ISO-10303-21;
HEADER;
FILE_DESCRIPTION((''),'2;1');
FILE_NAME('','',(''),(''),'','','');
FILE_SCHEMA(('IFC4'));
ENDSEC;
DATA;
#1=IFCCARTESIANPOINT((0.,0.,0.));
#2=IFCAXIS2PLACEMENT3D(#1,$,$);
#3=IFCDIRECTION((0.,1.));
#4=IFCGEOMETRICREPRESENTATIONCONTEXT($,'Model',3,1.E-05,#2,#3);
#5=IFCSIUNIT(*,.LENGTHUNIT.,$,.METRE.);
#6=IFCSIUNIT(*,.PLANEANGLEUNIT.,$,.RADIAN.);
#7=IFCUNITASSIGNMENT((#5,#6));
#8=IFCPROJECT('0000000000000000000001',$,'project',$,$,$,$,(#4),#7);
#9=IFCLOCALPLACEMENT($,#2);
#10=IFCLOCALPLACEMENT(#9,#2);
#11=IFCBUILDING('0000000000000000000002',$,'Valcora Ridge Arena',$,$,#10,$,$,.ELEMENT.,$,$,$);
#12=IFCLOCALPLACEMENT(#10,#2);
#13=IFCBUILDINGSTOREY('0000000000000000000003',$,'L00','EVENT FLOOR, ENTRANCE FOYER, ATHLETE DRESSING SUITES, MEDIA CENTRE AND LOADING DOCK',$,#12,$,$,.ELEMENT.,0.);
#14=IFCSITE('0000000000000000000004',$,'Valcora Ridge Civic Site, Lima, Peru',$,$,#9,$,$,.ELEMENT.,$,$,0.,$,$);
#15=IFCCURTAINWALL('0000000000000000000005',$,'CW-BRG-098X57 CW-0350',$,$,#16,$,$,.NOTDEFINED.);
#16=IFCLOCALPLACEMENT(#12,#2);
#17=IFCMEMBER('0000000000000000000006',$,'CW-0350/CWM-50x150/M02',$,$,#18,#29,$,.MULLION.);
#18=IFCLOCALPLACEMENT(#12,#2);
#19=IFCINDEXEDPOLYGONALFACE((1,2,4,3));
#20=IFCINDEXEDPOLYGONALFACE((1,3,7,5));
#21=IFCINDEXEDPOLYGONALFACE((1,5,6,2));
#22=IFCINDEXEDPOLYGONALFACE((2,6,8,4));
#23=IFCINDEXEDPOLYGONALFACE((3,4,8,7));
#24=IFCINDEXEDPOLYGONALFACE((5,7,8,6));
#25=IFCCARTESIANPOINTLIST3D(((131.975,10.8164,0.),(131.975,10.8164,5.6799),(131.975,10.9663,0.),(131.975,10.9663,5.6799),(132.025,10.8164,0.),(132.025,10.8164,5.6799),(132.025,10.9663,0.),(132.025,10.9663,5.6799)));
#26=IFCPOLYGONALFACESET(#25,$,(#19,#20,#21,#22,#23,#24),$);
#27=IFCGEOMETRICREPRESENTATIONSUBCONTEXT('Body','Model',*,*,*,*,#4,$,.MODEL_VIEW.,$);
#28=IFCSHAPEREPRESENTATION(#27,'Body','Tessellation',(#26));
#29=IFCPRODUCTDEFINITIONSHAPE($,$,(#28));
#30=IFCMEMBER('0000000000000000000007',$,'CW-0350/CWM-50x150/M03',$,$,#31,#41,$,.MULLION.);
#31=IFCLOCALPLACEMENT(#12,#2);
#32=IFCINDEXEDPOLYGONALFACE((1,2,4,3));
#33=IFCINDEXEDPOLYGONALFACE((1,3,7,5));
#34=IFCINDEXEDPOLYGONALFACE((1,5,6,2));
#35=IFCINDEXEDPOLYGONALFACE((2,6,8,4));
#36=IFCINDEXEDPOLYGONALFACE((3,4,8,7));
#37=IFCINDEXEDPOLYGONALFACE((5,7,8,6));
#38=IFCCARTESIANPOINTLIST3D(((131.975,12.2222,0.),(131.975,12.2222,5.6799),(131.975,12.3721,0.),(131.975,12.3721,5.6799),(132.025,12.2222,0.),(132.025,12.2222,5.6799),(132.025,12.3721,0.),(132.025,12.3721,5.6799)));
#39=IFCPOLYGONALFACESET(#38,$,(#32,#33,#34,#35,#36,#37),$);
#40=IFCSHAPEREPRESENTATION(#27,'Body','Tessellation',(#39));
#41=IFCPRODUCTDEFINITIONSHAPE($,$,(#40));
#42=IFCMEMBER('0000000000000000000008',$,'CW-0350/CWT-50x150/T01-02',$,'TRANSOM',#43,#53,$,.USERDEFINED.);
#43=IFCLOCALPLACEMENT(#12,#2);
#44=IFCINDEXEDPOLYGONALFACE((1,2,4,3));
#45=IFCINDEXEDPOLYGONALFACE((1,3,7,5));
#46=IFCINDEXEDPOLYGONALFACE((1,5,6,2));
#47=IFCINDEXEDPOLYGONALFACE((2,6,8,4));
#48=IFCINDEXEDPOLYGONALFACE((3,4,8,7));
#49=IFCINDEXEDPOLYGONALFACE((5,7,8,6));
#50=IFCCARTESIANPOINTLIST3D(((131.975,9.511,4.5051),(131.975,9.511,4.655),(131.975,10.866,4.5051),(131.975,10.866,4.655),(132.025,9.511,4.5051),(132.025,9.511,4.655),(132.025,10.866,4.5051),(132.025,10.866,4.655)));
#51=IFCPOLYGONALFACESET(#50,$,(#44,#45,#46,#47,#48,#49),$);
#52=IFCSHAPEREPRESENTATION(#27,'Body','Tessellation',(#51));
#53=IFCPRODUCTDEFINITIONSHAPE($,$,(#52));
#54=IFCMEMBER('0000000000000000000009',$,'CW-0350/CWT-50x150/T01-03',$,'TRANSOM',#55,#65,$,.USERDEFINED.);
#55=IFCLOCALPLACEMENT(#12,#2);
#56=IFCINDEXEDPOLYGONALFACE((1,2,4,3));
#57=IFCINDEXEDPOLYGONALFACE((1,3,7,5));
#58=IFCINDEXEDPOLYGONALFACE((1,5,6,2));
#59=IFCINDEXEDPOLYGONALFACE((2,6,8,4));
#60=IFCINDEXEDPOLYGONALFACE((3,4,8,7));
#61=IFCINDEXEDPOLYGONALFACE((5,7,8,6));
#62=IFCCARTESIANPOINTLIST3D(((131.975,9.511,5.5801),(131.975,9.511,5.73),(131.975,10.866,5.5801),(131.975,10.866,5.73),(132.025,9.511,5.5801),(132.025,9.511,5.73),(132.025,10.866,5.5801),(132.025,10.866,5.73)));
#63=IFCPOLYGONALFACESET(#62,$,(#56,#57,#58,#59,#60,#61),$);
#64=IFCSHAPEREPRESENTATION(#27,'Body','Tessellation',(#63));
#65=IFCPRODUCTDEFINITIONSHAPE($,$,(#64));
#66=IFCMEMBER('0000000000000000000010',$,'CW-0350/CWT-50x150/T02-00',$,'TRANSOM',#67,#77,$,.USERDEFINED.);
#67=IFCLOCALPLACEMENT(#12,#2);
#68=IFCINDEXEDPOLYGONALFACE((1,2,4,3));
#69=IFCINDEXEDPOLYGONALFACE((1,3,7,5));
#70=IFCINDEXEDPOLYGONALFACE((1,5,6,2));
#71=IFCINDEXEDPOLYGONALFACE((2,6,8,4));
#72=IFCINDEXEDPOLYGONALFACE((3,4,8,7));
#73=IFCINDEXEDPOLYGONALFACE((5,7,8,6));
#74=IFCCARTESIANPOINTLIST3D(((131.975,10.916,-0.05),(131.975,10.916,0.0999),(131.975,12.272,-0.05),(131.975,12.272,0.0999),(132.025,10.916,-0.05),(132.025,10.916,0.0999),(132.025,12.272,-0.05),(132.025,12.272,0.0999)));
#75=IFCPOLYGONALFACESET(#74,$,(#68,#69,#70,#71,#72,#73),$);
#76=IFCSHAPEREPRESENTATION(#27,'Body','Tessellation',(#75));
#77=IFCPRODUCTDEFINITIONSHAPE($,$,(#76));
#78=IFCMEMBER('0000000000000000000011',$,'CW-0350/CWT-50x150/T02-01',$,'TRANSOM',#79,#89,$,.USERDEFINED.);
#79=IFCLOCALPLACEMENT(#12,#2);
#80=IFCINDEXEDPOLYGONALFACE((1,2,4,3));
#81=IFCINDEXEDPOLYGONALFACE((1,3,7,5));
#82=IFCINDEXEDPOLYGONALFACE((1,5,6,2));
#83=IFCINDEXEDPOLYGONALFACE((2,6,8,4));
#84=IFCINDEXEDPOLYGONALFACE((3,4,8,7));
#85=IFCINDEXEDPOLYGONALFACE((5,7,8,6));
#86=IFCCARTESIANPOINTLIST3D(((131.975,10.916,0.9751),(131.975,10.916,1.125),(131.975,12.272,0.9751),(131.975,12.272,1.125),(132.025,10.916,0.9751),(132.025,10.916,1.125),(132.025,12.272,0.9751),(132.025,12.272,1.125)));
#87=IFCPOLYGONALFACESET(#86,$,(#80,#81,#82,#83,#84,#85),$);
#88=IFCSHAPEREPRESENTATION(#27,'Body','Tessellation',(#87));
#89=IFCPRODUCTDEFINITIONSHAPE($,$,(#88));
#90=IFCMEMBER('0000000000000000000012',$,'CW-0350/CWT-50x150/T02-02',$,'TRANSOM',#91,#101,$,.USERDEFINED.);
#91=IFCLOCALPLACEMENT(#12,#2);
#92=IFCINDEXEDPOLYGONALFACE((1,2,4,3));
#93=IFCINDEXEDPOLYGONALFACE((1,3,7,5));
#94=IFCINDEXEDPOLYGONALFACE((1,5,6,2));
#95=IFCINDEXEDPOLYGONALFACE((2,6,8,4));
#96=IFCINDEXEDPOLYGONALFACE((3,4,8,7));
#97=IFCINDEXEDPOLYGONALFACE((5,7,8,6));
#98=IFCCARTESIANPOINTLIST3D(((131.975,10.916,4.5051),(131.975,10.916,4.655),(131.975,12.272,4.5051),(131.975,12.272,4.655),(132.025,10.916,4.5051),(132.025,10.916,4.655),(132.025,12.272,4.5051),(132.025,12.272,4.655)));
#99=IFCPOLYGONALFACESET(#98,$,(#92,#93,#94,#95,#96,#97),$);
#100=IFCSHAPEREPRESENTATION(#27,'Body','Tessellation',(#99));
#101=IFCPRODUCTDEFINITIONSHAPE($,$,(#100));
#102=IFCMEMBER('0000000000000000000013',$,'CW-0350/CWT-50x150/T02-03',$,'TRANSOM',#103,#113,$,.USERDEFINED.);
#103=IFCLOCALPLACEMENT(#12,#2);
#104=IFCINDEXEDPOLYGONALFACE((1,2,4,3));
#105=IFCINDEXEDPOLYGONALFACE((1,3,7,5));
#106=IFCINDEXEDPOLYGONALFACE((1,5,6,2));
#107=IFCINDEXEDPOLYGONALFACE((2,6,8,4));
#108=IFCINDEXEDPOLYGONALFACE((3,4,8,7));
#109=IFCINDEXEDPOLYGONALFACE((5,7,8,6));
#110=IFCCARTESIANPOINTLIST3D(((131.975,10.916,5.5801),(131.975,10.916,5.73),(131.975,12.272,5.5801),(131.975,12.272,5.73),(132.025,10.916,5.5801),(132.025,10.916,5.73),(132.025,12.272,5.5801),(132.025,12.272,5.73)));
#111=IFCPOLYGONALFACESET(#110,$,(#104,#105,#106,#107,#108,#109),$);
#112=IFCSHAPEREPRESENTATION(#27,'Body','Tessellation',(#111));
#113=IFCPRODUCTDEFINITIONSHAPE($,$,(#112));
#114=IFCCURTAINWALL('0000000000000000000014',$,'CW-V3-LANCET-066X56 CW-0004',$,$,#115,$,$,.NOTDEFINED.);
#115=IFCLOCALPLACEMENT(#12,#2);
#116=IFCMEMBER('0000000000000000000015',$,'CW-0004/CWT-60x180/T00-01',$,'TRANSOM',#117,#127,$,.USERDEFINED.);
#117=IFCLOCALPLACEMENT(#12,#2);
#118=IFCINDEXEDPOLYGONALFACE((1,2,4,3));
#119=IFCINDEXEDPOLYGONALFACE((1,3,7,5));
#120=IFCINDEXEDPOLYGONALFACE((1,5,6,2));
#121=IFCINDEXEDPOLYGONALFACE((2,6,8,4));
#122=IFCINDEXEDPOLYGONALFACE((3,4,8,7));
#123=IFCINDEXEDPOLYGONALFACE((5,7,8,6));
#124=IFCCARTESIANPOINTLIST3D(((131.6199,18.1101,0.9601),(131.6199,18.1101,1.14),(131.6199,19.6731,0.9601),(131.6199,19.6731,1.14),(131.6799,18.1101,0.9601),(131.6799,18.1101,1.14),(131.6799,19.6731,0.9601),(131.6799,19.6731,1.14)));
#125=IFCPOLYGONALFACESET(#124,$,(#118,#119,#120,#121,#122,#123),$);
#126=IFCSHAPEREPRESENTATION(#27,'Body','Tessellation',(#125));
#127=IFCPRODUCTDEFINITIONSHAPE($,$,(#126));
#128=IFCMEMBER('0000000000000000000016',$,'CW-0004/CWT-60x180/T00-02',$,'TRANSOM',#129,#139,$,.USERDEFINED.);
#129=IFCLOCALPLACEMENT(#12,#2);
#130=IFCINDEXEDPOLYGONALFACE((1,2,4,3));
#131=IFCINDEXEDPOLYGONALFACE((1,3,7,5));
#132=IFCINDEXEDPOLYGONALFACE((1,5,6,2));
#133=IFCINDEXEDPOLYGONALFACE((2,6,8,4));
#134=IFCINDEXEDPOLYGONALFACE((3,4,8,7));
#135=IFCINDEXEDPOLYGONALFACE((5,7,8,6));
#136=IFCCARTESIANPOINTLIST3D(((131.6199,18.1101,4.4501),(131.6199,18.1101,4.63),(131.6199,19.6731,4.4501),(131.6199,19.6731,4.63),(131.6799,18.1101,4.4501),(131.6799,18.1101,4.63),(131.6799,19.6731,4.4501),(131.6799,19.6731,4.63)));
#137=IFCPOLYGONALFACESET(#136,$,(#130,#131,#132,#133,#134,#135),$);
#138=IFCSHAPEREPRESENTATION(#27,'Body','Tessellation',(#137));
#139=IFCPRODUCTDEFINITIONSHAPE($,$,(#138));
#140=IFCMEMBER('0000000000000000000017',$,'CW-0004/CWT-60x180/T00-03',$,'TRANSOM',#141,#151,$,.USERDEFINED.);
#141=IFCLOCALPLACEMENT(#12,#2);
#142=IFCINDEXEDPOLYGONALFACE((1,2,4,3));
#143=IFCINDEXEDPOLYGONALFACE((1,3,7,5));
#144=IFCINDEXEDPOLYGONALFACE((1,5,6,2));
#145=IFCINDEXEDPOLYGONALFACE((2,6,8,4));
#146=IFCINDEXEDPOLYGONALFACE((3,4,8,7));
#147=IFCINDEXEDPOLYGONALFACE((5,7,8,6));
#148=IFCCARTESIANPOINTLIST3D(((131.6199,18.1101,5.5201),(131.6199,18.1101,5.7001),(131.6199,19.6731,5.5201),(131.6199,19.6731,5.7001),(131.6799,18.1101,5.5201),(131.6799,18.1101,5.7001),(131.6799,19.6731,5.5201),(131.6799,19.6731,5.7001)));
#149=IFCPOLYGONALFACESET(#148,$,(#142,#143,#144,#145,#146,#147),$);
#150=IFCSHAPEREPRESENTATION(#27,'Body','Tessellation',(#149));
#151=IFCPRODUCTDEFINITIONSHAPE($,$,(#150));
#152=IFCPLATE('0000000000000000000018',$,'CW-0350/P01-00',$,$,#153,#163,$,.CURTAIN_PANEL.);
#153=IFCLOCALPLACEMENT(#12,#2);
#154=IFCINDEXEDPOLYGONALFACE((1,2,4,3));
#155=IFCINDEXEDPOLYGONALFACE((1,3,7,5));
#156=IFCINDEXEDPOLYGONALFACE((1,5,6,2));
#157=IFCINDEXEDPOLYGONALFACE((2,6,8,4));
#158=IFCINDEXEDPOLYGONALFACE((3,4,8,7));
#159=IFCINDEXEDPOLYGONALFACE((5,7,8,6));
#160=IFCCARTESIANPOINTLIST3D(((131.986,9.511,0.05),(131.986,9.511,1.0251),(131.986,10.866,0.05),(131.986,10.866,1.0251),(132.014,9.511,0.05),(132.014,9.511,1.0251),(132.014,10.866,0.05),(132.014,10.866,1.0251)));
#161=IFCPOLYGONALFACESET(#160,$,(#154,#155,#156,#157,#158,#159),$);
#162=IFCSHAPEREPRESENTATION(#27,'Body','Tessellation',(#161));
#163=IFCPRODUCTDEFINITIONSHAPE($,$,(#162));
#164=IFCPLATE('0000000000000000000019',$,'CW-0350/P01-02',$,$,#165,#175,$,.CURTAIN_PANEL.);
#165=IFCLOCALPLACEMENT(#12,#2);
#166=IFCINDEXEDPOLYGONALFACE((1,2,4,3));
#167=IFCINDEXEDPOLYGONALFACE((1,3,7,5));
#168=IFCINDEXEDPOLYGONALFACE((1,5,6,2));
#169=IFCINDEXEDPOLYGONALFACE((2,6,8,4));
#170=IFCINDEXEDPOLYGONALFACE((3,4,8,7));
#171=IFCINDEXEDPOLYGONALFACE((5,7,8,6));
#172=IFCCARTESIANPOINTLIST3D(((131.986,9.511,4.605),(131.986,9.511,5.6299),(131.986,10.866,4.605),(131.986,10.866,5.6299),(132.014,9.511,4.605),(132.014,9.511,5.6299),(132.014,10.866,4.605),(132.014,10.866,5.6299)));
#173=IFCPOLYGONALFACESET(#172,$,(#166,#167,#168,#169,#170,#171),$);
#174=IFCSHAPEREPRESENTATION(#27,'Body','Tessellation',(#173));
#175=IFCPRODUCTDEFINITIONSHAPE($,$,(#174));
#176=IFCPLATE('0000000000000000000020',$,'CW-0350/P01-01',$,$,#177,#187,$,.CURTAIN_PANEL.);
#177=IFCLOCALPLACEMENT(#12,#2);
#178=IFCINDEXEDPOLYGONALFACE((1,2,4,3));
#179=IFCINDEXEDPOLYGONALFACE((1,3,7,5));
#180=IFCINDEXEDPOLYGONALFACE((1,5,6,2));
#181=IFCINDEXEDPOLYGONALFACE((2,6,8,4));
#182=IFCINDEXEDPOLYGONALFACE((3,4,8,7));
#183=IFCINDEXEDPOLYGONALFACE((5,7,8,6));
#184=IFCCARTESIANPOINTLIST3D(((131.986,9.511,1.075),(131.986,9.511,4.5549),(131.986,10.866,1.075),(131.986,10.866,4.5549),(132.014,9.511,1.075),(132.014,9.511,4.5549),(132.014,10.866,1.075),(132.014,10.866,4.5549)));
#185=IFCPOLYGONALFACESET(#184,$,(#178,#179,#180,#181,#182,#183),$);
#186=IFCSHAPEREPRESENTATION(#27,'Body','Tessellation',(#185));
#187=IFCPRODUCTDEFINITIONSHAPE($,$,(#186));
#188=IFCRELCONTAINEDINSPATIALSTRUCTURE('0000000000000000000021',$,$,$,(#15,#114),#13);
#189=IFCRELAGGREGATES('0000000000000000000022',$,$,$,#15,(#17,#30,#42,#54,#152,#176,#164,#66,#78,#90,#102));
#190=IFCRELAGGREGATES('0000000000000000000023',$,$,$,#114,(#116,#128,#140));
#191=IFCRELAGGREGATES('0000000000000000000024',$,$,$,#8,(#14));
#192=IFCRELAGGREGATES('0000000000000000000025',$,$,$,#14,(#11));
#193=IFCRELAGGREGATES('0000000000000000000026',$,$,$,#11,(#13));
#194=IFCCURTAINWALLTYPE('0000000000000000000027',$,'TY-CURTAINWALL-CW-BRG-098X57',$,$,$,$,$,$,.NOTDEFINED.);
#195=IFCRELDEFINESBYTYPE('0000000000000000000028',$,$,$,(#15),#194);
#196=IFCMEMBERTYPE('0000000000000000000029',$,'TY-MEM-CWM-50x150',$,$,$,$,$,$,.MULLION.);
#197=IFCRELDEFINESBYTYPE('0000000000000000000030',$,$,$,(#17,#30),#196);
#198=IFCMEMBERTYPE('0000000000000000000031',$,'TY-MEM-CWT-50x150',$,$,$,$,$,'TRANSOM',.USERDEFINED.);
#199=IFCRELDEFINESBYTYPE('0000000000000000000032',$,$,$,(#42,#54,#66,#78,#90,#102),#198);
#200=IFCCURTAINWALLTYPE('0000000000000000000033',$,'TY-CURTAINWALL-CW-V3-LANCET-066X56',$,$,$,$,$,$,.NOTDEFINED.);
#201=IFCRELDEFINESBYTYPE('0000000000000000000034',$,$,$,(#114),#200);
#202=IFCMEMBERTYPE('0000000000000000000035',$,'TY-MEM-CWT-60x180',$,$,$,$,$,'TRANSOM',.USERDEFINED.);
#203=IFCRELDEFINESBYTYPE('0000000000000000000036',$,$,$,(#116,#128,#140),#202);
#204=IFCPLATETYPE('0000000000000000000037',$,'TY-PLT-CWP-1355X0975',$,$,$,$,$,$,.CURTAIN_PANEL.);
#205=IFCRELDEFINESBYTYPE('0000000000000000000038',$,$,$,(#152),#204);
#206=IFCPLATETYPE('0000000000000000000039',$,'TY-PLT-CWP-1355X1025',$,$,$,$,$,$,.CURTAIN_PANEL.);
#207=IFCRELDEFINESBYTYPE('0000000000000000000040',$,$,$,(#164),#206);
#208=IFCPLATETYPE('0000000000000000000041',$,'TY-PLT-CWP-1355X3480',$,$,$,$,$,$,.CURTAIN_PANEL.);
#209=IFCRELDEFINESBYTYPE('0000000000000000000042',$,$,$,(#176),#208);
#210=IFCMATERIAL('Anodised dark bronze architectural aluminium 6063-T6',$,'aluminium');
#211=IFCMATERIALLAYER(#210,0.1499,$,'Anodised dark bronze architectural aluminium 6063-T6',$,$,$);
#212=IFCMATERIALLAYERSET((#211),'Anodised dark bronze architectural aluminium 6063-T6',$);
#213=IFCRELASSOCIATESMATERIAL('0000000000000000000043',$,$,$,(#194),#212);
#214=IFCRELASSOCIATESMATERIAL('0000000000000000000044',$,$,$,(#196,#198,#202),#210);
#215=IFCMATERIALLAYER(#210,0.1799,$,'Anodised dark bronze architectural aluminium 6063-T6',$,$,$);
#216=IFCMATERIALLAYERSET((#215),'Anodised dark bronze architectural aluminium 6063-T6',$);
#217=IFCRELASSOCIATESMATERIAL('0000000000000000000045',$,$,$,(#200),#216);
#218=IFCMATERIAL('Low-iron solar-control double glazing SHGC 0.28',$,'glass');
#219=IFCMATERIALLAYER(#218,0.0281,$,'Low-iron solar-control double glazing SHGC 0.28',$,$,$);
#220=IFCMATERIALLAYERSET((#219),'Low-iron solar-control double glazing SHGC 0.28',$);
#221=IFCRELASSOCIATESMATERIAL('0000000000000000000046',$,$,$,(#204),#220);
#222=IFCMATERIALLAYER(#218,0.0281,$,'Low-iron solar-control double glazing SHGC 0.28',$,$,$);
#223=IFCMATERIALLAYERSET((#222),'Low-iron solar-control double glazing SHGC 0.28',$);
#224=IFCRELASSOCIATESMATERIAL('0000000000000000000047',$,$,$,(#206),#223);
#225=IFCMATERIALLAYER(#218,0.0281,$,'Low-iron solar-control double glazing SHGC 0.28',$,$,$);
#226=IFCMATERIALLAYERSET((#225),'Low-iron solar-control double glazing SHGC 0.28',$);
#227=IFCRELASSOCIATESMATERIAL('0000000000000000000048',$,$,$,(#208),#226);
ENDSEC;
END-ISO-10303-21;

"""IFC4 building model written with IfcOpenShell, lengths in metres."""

from ifc_helpers import new_model, si_unit, direction, frame, origin, origin_2d, place, context, subcontext, project, spatial, rectangle, extrude, material, layer, layer_set, material_profile, profile_set, type_object, element, aggregate, save


model = new_model("IFC4")

# Units and contexts
model_context = context("Model", 3, precision=1e-05, world=origin(), true_north=direction((0.0, 1.0)))
body_context = subcontext(model_context, "Body", "Model", "MODEL_VIEW")
ifc_project = project(units=[si_unit("LENGTHUNIT", "METRE"), si_unit("PLANEANGLEUNIT", "RADIAN")], contexts=[model_context])

# Site, building, storey
site_placement = place(None, origin())
site = spatial("IfcSite", under=ifc_project, at=site_placement, Name="Valcora Ridge Civic Site, Lima, Peru", CompositionType="ELEMENT", RefElevation=0.0)
building_placement = place(site_placement, origin())
building = spatial("IfcBuilding", under=site, at=building_placement, Name="Valcora Ridge Arena", CompositionType="ELEMENT")
storey_placement = place(building_placement, origin())
storey = spatial("IfcBuildingStorey", under=building, at=storey_placement, Name="L00", Description="EVENT FLOOR, ENTRANCE FOYER, ATHLETE DRESSING SUITES, MEDIA CENTRE AND LOADING DOCK", CompositionType="ELEMENT", Elevation=0.0)

# Curtain walls, members
ifc_material_1 = material(Name="Anodised dark bronze architectural aluminium 6063-T6", Category="aluminium")
ifc_layer_1 = layer(ifc_material_1, 0.1499, Name="Anodised dark bronze architectural aluminium 6063-T6")
ifc_layer_set_1 = layer_set([ifc_layer_1], Name="Anodised dark bronze architectural aluminium 6063-T6")
curtain_wall_type_1 = type_object("IfcCurtainWallType", Name="TY-CURTAINWALL-CW-BRG-098X57", PredefinedType="NOTDEFINED", material=ifc_layer_set_1)
curtain_wall_1_placement = place(storey_placement, origin())
curtain_wall_1 = element("IfcCurtainWall", 1, at=curtain_wall_1_placement, inside=storey, type_object=curtain_wall_type_1, Name="CW-BRG-098X57 CW-0350", PredefinedType="NOTDEFINED")
ifc_material_profile_1 = material_profile(ifc_material_1, rectangle(XDim=0.05, YDim=0.1499, at=origin_2d()), Name="ALU MULLION 50x150")
ifc_profile_set_1 = profile_set([ifc_material_profile_1], Name="Anodised dark bronze architectural aluminium 6063-T6")
member_type_1 = type_object("IfcMemberType", Name="TY-MEM-CWM-50x150", PredefinedType="MULLION", material=ifc_profile_set_1)
member_1_placement = place(storey_placement, frame((132.0, 10.8914, 0.0), z_axis=(0.0, 0.0, 1.0), x_axis=(-1.0, 0.0, 0.0)))
member_1 = element("IfcMember", 2, at=member_1_placement, type_object=member_type_1, Name="CW-0350/CWM-50x150/M02", PredefinedType="MULLION", context=body_context, shape_type="SweptSolid", body=[
    extrude(rectangle(XDim=0.05, YDim=0.1499, at=origin_2d()), origin(), (0.0, 0.0, 1.0), 5.6799),
])
member_2_placement = place(storey_placement, frame((132.0, 12.2971, 0.0), z_axis=(0.0, 0.0, 1.0), x_axis=(-1.0, 0.0, 0.0)))
member_2 = element("IfcMember", 3, at=member_2_placement, type_object=member_type_1, Name="CW-0350/CWM-50x150/M03", PredefinedType="MULLION", context=body_context, shape_type="SweptSolid", body=[
    extrude(rectangle(XDim=0.05, YDim=0.1499, at=origin_2d()), origin(), (0.0, 0.0, 1.0), 5.6799),
])
ifc_material_profile_2 = material_profile(ifc_material_1, rectangle(XDim=0.05, YDim=0.1499, at=origin_2d()), Name="ALU TRANSOM 50x150")
ifc_profile_set_2 = profile_set([ifc_material_profile_2], Name="Anodised dark bronze architectural aluminium 6063-T6")
member_type_2 = type_object("IfcMemberType", Name="TY-MEM-CWT-50x150", ElementType="TRANSOM", PredefinedType="USERDEFINED", material=ifc_profile_set_2)
member_3_placement = place(storey_placement, frame((132.0, 9.511, 4.5801), z_axis=(0.0, 1.0, 0.0), x_axis=(-1.0, 0.0, 0.0)))
member_3 = element("IfcMember", 4, at=member_3_placement, type_object=member_type_2, Name="CW-0350/CWT-50x150/T01-02", ObjectType="TRANSOM", PredefinedType="USERDEFINED", context=body_context, shape_type="SweptSolid", body=[
    extrude(rectangle(XDim=0.05, YDim=0.1499, at=origin_2d()), origin(), (0.0, 0.0, 1.0), 1.355),
])
member_4_placement = place(storey_placement, frame((132.0, 9.511, 5.655), z_axis=(0.0, 1.0, 0.0), x_axis=(-1.0, 0.0, 0.0)))
member_4 = element("IfcMember", 5, at=member_4_placement, type_object=member_type_2, Name="CW-0350/CWT-50x150/T01-03", ObjectType="TRANSOM", PredefinedType="USERDEFINED", context=body_context, shape_type="SweptSolid", body=[
    extrude(rectangle(XDim=0.05, YDim=0.1499, at=origin_2d()), origin(), (0.0, 0.0, 1.0), 1.355),
])
member_5_placement = place(storey_placement, frame((132.0, 10.916, 0.0249), z_axis=(0.0, 1.0, 0.0), x_axis=(-1.0, 0.0, 0.0)))
member_5 = element("IfcMember", 6, at=member_5_placement, type_object=member_type_2, Name="CW-0350/CWT-50x150/T02-00", ObjectType="TRANSOM", PredefinedType="USERDEFINED", context=body_context, shape_type="SweptSolid", body=[
    extrude(rectangle(XDim=0.05, YDim=0.1499, at=origin_2d()), origin(), (0.0, 0.0, 1.0), 1.356),
])
member_6_placement = place(storey_placement, frame((132.0, 10.916, 1.05), z_axis=(0.0, 1.0, 0.0), x_axis=(-1.0, 0.0, 0.0)))
member_6 = element("IfcMember", 7, at=member_6_placement, type_object=member_type_2, Name="CW-0350/CWT-50x150/T02-01", ObjectType="TRANSOM", PredefinedType="USERDEFINED", context=body_context, shape_type="SweptSolid", body=[
    extrude(rectangle(XDim=0.05, YDim=0.1499, at=origin_2d()), origin(), (0.0, 0.0, 1.0), 1.356),
])
member_7_placement = place(storey_placement, frame((132.0, 10.916, 4.5801), z_axis=(0.0, 1.0, 0.0), x_axis=(-1.0, 0.0, 0.0)))
member_7 = element("IfcMember", 8, at=member_7_placement, type_object=member_type_2, Name="CW-0350/CWT-50x150/T02-02", ObjectType="TRANSOM", PredefinedType="USERDEFINED", context=body_context, shape_type="SweptSolid", body=[
    extrude(rectangle(XDim=0.05, YDim=0.1499, at=origin_2d()), origin(), (0.0, 0.0, 1.0), 1.356),
])
member_8_placement = place(storey_placement, frame((132.0, 10.916, 5.655), z_axis=(0.0, 1.0, 0.0), x_axis=(-1.0, 0.0, 0.0)))
member_8 = element("IfcMember", 9, at=member_8_placement, type_object=member_type_2, Name="CW-0350/CWT-50x150/T02-03", ObjectType="TRANSOM", PredefinedType="USERDEFINED", context=body_context, shape_type="SweptSolid", body=[
    extrude(rectangle(XDim=0.05, YDim=0.1499, at=origin_2d()), origin(), (0.0, 0.0, 1.0), 1.356),
])
ifc_layer_2 = layer(ifc_material_1, 0.1799, Name="Anodised dark bronze architectural aluminium 6063-T6")
ifc_layer_set_2 = layer_set([ifc_layer_2], Name="Anodised dark bronze architectural aluminium 6063-T6")
curtain_wall_type_2 = type_object("IfcCurtainWallType", Name="TY-CURTAINWALL-CW-V3-LANCET-066X56", PredefinedType="NOTDEFINED", material=ifc_layer_set_2)
curtain_wall_2_placement = place(storey_placement, origin())
curtain_wall_2 = element("IfcCurtainWall", 10, at=curtain_wall_2_placement, inside=storey, type_object=curtain_wall_type_2, Name="CW-V3-LANCET-066X56 CW-0004", PredefinedType="NOTDEFINED")
ifc_material_profile_3 = material_profile(ifc_material_1, rectangle(XDim=0.0601, YDim=0.1799, at=origin_2d()), Name="ALU TRANSOM 60x180")
ifc_profile_set_3 = profile_set([ifc_material_profile_3], Name="Anodised dark bronze architectural aluminium 6063-T6")
member_type_3 = type_object("IfcMemberType", Name="TY-MEM-CWT-60x180", ElementType="TRANSOM", PredefinedType="USERDEFINED", material=ifc_profile_set_3)
member_9_placement = place(storey_placement, frame((131.6499, 18.1101, 1.05), z_axis=(0.0, 1.0, 0.0), x_axis=(-1.0, 0.0, 0.0)))
member_9 = element("IfcMember", 11, at=member_9_placement, type_object=member_type_3, Name="CW-0004/CWT-60x180/T00-01", ObjectType="TRANSOM", PredefinedType="USERDEFINED", context=body_context, shape_type="SweptSolid", body=[
    extrude(rectangle(XDim=0.0601, YDim=0.1799, at=origin_2d()), origin(), (0.0, 0.0, 1.0), 1.563),
])
member_10_placement = place(storey_placement, frame((131.6499, 18.1101, 4.54), z_axis=(0.0, 1.0, 0.0), x_axis=(-1.0, 0.0, 0.0)))
member_10 = element("IfcMember", 12, at=member_10_placement, type_object=member_type_3, Name="CW-0004/CWT-60x180/T00-02", ObjectType="TRANSOM", PredefinedType="USERDEFINED", context=body_context, shape_type="SweptSolid", body=[
    extrude(rectangle(XDim=0.0601, YDim=0.1799, at=origin_2d()), origin(), (0.0, 0.0, 1.0), 1.563),
])
member_11_placement = place(storey_placement, frame((131.6499, 18.1101, 5.6101), z_axis=(0.0, 1.0, 0.0), x_axis=(-1.0, 0.0, 0.0)))
member_11 = element("IfcMember", 13, at=member_11_placement, type_object=member_type_3, Name="CW-0004/CWT-60x180/T00-03", ObjectType="TRANSOM", PredefinedType="USERDEFINED", context=body_context, shape_type="SweptSolid", body=[
    extrude(rectangle(XDim=0.0601, YDim=0.1799, at=origin_2d()), origin(), (0.0, 0.0, 1.0), 1.563),
])

# Plates
ifc_material_2 = material(Name="Low-iron solar-control double glazing SHGC 0.28", Category="glass")
ifc_layer_3 = layer(ifc_material_2, 0.0281, Name="Low-iron solar-control double glazing SHGC 0.28")
ifc_layer_set_3 = layer_set([ifc_layer_3], Name="Low-iron solar-control double glazing SHGC 0.28")
plate_type_1 = type_object("IfcPlateType", Name="TY-PLT-CWP-1355X0975", PredefinedType="CURTAIN_PANEL", material=ifc_layer_set_3)
plate_1_placement = place(storey_placement, frame((132.0, 10.1885, 0.05), z_axis=(0.0, 0.0, 1.0), x_axis=(0.0, 1.0, 0.0)))
plate_1 = element("IfcPlate", 14, at=plate_1_placement, type_object=plate_type_1, Name="CW-0350/P01-00", PredefinedType="CURTAIN_PANEL", context=body_context, shape_type="SweptSolid", body=[
    extrude(rectangle(XDim=1.355, YDim=0.0281, at=origin_2d()), origin(), (0.0, 0.0, 1.0), 0.9751),
])
ifc_layer_4 = layer(ifc_material_2, 0.0281, Name="Low-iron solar-control double glazing SHGC 0.28")
ifc_layer_set_4 = layer_set([ifc_layer_4], Name="Low-iron solar-control double glazing SHGC 0.28")
plate_type_2 = type_object("IfcPlateType", Name="TY-PLT-CWP-1355X1025", PredefinedType="CURTAIN_PANEL", material=ifc_layer_set_4)
plate_2_placement = place(storey_placement, frame((132.0, 10.1885, 4.605), z_axis=(0.0, 0.0, 1.0), x_axis=(0.0, 1.0, 0.0)))
plate_2 = element("IfcPlate", 15, at=plate_2_placement, type_object=plate_type_2, Name="CW-0350/P01-02", PredefinedType="CURTAIN_PANEL", context=body_context, shape_type="SweptSolid", body=[
    extrude(rectangle(XDim=1.355, YDim=0.0281, at=origin_2d()), origin(), (0.0, 0.0, 1.0), 1.0249),
])
ifc_layer_5 = layer(ifc_material_2, 0.0281, Name="Low-iron solar-control double glazing SHGC 0.28")
ifc_layer_set_5 = layer_set([ifc_layer_5], Name="Low-iron solar-control double glazing SHGC 0.28")
plate_type_3 = type_object("IfcPlateType", Name="TY-PLT-CWP-1355X3480", PredefinedType="CURTAIN_PANEL", material=ifc_layer_set_5)
plate_3_placement = place(storey_placement, frame((132.0, 10.1885, 1.075), z_axis=(0.0, 0.0, 1.0), x_axis=(0.0, 1.0, 0.0)))
plate_3 = element("IfcPlate", 16, at=plate_3_placement, type_object=plate_type_3, Name="CW-0350/P01-01", PredefinedType="CURTAIN_PANEL", context=body_context, shape_type="SweptSolid", body=[
    extrude(rectangle(XDim=1.355, YDim=0.0281, at=origin_2d()), origin(), (0.0, 0.0, 1.0), 3.48),
])
aggregate(curtain_wall_1, [member_1, member_2, member_3, member_4, plate_1, plate_3, plate_2, member_5, member_6, member_7, member_8])
aggregate(curtain_wall_2, [member_9, member_10, member_11])

save(model, "model.ifc")
